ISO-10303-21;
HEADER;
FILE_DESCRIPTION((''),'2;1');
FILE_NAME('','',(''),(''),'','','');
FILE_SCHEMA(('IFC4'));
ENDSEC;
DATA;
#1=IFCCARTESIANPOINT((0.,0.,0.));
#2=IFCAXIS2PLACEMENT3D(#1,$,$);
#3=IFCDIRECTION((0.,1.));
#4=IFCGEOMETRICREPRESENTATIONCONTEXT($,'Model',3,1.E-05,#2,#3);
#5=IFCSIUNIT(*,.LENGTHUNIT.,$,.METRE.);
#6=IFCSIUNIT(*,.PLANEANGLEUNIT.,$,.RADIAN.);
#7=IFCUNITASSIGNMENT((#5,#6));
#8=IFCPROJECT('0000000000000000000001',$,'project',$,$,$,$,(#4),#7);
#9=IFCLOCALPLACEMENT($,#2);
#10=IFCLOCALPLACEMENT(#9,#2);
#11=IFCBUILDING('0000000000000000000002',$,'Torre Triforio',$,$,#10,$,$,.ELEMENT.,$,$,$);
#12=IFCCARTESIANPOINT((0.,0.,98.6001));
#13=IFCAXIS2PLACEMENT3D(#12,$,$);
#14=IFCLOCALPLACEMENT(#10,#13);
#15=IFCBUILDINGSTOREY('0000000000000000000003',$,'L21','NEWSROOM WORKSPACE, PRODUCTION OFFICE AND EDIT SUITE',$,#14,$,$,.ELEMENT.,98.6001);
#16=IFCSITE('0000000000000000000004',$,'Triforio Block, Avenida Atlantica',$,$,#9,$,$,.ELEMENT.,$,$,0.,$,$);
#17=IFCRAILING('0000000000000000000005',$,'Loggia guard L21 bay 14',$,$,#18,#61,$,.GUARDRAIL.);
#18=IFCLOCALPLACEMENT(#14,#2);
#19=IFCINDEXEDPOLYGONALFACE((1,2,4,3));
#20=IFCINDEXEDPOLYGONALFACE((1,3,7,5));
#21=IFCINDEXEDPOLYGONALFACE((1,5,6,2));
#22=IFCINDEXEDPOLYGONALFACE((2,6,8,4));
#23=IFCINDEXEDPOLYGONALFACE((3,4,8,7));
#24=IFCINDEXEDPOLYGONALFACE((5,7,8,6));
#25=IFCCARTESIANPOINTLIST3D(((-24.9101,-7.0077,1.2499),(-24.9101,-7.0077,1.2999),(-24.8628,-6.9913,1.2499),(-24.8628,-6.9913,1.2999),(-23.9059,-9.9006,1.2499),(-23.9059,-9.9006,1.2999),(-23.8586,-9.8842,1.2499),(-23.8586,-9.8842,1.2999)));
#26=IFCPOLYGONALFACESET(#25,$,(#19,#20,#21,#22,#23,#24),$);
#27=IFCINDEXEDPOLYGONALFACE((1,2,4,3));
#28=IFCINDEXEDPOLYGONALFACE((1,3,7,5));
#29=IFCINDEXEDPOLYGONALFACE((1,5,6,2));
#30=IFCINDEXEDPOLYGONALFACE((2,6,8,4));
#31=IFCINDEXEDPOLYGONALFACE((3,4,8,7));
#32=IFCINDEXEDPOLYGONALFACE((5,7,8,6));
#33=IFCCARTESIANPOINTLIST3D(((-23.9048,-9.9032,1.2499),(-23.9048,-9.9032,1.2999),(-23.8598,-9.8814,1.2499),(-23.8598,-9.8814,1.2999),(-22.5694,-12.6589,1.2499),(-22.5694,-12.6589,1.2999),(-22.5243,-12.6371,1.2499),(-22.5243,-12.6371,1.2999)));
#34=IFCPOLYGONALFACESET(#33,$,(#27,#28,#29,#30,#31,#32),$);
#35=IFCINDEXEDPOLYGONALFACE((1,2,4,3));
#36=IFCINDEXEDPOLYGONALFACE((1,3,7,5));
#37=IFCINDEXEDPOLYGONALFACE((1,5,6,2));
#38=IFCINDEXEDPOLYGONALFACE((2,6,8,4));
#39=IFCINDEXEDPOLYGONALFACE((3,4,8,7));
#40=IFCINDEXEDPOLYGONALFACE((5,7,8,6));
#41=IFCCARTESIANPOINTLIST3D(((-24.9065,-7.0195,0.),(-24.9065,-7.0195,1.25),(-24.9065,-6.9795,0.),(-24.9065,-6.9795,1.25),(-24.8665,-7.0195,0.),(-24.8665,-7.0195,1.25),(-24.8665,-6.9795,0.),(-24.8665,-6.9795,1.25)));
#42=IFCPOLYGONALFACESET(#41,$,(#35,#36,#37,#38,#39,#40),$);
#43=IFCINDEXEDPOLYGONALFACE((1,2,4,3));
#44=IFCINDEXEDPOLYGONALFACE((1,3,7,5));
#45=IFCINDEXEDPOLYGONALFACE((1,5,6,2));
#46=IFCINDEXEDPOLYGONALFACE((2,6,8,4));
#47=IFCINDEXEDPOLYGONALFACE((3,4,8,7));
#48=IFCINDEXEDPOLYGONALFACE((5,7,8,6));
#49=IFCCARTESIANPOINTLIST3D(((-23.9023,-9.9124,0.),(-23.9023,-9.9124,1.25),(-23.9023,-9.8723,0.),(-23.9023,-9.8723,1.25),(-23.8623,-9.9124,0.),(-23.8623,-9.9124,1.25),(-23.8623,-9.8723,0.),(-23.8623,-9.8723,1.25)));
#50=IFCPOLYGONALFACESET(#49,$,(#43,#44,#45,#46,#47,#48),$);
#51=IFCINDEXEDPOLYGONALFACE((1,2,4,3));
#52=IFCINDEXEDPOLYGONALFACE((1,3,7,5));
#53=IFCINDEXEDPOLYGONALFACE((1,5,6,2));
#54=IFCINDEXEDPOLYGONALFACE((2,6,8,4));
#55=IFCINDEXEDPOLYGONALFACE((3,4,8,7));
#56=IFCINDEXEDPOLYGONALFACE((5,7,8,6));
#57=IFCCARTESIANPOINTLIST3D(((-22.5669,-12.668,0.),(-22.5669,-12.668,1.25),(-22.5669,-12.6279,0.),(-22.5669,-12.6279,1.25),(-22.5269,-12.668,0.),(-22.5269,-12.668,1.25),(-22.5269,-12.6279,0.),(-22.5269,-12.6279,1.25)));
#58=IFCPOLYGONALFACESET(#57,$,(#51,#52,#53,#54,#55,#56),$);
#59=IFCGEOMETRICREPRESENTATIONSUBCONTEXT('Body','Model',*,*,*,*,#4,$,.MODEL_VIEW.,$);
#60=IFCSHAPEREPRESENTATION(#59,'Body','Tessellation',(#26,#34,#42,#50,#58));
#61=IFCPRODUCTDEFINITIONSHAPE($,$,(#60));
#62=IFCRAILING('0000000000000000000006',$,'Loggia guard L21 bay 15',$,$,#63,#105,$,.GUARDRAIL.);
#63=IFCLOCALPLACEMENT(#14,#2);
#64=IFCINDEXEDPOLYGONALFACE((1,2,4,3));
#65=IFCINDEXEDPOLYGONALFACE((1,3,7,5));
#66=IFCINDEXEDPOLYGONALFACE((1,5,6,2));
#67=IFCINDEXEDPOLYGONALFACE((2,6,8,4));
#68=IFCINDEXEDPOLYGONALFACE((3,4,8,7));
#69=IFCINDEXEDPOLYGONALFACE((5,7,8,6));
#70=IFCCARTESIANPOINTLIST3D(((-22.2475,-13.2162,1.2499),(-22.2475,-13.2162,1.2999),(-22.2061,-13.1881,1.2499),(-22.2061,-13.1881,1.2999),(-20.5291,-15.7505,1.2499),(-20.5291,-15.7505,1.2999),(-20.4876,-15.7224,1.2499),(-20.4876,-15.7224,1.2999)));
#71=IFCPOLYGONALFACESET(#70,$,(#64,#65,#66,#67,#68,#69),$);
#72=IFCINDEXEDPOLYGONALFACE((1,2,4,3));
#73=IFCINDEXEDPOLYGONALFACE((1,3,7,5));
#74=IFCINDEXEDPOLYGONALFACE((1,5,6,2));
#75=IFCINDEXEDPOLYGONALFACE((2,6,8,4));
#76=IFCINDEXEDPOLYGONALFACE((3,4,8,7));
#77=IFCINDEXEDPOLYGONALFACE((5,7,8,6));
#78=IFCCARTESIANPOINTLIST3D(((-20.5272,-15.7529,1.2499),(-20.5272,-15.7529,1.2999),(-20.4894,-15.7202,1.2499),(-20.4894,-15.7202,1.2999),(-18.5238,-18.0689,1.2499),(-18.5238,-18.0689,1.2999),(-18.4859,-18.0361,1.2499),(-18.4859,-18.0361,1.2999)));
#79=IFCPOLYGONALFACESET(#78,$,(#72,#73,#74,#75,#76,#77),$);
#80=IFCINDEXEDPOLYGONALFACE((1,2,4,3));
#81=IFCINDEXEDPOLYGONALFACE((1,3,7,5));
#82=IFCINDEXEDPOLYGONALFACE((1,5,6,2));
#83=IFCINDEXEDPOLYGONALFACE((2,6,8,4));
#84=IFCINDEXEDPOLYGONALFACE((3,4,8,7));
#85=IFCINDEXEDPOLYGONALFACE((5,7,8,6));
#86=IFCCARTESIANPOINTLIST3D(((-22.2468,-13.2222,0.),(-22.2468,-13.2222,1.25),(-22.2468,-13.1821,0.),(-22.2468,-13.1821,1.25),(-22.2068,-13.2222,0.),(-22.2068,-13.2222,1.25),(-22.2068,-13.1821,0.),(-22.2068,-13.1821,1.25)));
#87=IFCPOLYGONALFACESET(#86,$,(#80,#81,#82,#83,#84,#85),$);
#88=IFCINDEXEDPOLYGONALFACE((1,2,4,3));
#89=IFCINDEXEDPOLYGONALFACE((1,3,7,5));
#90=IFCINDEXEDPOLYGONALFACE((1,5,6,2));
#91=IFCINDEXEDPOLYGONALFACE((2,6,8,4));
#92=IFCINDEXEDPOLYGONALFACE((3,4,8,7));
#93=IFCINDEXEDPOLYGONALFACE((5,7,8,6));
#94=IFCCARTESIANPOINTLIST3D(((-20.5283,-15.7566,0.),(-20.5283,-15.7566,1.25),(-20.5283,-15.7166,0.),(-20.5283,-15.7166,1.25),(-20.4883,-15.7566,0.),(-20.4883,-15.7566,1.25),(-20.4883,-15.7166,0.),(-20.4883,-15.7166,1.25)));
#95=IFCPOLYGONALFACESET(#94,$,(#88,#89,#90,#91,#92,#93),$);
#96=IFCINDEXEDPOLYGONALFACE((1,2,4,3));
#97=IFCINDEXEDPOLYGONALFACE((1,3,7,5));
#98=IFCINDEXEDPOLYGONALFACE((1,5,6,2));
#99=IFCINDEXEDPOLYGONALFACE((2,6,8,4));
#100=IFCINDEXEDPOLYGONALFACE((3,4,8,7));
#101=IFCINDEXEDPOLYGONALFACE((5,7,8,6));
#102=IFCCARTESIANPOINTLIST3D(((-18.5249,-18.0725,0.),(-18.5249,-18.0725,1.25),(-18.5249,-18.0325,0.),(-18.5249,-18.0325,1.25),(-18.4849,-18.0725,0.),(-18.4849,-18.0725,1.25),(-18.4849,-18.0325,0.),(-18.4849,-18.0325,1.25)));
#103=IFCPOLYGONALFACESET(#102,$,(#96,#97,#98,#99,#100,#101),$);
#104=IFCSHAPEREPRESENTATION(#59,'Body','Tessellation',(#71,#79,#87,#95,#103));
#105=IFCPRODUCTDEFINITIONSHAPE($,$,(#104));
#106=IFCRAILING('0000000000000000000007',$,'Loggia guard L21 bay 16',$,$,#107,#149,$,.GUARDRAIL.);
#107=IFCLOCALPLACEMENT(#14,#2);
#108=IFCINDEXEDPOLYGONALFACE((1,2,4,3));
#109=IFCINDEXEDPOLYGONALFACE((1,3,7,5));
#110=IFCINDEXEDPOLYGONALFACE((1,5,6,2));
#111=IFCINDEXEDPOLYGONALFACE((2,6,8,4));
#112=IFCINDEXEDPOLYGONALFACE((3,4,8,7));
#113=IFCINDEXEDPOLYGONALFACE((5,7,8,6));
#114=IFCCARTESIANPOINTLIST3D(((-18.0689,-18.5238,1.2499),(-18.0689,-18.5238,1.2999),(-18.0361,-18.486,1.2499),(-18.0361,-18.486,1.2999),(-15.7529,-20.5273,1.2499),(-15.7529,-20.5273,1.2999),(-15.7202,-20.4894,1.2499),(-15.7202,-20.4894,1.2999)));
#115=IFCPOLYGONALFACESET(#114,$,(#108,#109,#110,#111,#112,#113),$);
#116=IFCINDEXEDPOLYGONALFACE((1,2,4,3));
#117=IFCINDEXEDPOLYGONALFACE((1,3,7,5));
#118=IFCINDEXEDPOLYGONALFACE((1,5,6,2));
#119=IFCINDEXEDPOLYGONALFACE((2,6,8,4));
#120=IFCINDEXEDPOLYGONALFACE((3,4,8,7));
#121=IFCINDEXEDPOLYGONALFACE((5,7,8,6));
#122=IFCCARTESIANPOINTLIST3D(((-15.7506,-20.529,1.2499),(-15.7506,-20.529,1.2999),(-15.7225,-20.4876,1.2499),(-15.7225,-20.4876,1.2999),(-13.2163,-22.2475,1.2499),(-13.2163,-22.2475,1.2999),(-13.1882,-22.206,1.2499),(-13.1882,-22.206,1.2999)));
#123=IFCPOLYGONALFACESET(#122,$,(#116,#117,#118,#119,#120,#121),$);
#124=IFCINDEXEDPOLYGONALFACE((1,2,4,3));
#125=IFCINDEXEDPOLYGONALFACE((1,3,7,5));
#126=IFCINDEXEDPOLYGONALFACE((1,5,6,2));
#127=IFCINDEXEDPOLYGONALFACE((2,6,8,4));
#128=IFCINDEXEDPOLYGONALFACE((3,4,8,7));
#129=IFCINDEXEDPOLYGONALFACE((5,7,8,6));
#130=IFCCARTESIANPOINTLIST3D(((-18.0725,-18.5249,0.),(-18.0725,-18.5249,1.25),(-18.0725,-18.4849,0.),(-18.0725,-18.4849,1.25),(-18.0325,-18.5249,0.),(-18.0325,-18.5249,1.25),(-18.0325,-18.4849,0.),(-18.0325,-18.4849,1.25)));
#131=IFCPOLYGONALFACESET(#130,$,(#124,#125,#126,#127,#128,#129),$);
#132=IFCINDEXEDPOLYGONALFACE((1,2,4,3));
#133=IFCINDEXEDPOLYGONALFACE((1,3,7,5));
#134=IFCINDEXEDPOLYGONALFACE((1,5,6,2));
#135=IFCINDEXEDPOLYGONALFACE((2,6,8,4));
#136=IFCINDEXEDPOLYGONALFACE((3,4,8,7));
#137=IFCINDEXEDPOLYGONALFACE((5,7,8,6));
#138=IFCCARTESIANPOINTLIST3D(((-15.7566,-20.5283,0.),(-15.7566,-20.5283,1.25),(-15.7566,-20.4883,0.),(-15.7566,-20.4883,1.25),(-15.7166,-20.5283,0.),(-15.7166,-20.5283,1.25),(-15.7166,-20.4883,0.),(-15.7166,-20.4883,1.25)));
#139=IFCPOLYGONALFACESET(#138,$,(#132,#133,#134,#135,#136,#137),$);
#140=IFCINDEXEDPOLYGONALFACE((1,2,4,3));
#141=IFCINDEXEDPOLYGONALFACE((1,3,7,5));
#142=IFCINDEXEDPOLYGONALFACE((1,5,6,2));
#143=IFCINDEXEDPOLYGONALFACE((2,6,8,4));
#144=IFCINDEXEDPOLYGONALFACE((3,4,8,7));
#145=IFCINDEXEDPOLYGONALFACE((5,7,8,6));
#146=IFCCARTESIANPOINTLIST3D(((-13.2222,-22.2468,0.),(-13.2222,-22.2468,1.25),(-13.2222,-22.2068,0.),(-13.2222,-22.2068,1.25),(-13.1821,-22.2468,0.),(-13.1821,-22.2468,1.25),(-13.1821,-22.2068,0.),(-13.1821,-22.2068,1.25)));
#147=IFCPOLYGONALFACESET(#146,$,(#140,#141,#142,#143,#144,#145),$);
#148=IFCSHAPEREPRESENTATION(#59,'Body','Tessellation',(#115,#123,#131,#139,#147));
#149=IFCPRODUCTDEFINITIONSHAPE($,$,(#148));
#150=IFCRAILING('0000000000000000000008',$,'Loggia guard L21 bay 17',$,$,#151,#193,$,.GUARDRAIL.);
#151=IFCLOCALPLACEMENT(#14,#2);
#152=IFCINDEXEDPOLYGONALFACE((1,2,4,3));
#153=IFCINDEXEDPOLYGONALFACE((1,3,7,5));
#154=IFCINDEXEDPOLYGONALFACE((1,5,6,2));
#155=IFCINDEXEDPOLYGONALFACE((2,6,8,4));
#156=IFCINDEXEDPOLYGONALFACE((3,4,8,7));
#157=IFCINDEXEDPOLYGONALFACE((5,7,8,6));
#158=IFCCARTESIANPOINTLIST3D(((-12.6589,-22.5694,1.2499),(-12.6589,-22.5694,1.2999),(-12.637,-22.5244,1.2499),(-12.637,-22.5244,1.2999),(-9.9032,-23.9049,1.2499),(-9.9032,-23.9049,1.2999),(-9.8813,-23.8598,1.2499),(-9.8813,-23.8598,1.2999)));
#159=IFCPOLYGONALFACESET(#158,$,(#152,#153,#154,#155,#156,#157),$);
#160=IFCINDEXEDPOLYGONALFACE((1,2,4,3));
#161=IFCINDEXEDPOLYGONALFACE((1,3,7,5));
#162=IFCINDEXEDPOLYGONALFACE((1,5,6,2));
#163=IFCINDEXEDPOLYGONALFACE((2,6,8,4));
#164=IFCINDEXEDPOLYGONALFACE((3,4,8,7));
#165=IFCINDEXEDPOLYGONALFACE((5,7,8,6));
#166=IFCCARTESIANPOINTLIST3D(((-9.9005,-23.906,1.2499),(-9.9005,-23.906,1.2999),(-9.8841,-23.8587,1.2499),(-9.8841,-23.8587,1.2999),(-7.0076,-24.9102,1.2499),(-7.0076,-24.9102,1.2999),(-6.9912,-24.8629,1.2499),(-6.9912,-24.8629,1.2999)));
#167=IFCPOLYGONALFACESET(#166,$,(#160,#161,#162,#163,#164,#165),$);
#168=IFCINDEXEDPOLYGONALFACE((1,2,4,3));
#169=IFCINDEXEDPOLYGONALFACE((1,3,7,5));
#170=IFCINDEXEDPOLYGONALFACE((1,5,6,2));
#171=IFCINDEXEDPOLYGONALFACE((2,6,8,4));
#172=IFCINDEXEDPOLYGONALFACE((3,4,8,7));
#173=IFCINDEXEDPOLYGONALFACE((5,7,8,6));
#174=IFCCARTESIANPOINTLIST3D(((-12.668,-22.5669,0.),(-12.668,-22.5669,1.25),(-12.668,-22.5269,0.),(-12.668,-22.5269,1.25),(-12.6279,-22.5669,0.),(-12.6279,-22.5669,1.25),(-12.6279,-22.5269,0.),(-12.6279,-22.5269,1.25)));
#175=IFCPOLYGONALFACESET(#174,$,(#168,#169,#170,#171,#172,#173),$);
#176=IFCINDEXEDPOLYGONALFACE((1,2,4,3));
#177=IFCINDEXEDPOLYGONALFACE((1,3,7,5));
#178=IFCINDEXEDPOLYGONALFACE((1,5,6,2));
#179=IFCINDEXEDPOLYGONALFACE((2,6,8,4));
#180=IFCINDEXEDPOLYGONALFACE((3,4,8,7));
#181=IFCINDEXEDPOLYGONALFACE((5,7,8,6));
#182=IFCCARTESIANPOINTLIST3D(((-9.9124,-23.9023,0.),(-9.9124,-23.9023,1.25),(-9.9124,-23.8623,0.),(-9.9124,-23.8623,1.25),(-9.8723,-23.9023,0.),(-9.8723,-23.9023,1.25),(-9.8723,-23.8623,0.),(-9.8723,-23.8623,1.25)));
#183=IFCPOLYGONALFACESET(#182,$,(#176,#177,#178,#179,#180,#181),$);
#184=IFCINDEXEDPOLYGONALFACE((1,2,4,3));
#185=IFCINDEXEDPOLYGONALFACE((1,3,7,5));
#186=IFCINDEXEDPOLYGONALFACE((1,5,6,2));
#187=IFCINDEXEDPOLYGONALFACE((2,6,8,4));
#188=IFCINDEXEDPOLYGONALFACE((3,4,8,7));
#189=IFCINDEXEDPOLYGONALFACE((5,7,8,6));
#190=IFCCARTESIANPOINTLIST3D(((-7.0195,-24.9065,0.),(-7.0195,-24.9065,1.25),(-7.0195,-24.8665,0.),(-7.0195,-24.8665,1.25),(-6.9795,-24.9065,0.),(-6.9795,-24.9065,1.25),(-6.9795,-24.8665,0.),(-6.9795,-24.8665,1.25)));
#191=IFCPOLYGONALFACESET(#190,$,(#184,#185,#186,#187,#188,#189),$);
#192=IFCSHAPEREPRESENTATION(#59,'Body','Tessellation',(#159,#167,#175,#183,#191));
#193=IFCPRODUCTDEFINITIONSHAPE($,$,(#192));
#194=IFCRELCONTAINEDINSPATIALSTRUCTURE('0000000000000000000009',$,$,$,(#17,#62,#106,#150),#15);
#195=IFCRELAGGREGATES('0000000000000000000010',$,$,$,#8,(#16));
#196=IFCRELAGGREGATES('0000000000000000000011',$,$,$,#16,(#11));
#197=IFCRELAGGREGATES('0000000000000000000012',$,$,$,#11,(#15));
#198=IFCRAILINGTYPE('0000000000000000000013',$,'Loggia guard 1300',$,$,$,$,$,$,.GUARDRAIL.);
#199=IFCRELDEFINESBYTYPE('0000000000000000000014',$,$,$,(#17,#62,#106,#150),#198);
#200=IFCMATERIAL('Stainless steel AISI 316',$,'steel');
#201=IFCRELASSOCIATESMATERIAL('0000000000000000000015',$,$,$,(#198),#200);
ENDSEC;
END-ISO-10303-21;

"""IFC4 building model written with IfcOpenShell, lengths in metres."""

from ifc_helpers import new_model, si_unit, direction, frame, origin, origin_2d, place, context, subcontext, project, spatial, rectangle, extrude, material, type_object, element, save


model = new_model("IFC4")

# Units and contexts
model_context = context("Model", 3, precision=1e-05, world=origin(), true_north=direction((0.0, 1.0)))
body_context = subcontext(model_context, "Body", "Model", "MODEL_VIEW")
ifc_project = project(units=[si_unit("LENGTHUNIT", "METRE"), si_unit("PLANEANGLEUNIT", "RADIAN")], contexts=[model_context])

# Site, building, storey
site_placement = place(None, origin())
site = spatial("IfcSite", under=ifc_project, at=site_placement, Name="Triforio Block, Avenida Atlantica", CompositionType="ELEMENT", RefElevation=0.0)
building_placement = place(site_placement, origin())
building = spatial("IfcBuilding", under=site, at=building_placement, Name="Torre Triforio", CompositionType="ELEMENT")
storey_placement = place(building_placement, frame((0.0, 0.0, 98.6001)))
storey = spatial("IfcBuildingStorey", under=building, at=storey_placement, Name="L21", Description="NEWSROOM WORKSPACE, PRODUCTION OFFICE AND EDIT SUITE", CompositionType="ELEMENT", Elevation=98.6001)

# Railings
ifc_material_1 = material(Name="Stainless steel AISI 316", Category="steel")
railing_type = type_object("IfcRailingType", Name="Loggia guard 1300", PredefinedType="GUARDRAIL", material=ifc_material_1)
railing_1_placement = place(storey_placement, frame((-24.8865, -6.9995, 0.0)))
element("IfcRailing", 1, at=railing_1_placement, inside=storey, type_object=railing_type, Name="Loggia guard L21 bay 14", PredefinedType="GUARDRAIL", context=body_context, shape_type="SweptSolid", body=[
    extrude(rectangle(XDim=0.05, YDim=0.05, at=origin_2d()), frame((0.0, 0.0, 1.2749), z_axis=(0.327924, -0.944704, 0.0), x_axis=(0.944704, 0.327924, 0.0)), (0.0, 0.0, 1.0), 3.0623),
    extrude(rectangle(XDim=0.05, YDim=0.05, at=origin_2d()), frame((1.0042, -2.8928, 1.2749), z_axis=(0.436113, -0.899892, 0.0), x_axis=(0.899892, 0.436113, 0.0)), (0.0, 0.0, 1.0), 3.0623),
    extrude(rectangle(XDim=0.04, YDim=0.04, at=origin_2d()), origin(), (0.0, 0.0, 1.0), 1.25),
    extrude(rectangle(XDim=0.04, YDim=0.04, at=origin_2d()), frame((1.0042, -2.8928, 0.0)), (0.0, 0.0, 1.0), 1.25),
    extrude(rectangle(XDim=0.04, YDim=0.04, at=origin_2d()), frame((2.3396, -5.6484, 0.0)), (0.0, 0.0, 1.0), 1.25),
])
railing_2_placement = place(storey_placement, frame((-22.2268, -13.2021, 0.0)))
element("IfcRailing", 2, at=railing_2_placement, inside=storey, type_object=railing_type, Name="Loggia guard L21 bay 15", PredefinedType="GUARDRAIL", context=body_context, shape_type="SweptSolid", body=[
    extrude(rectangle(XDim=0.05, YDim=0.05, at=origin_2d()), frame((0.0, 0.0, 1.2749), z_axis=(0.561215, -0.82767, 0.0), x_axis=(0.82767, 0.561215, 0.0)), (0.0, 0.0, 1.0), 3.062),
    extrude(rectangle(XDim=0.05, YDim=0.05, at=origin_2d()), frame((1.7185, -2.5344, 1.2749), z_axis=(0.654238, -0.756289, 0.0), x_axis=(0.756289, 0.654238, 0.0)), (0.0, 0.0, 1.0), 3.0623),
    extrude(rectangle(XDim=0.04, YDim=0.04, at=origin_2d()), origin(), (0.0, 0.0, 1.0), 1.25),
    extrude(rectangle(XDim=0.04, YDim=0.04, at=origin_2d()), frame((1.7185, -2.5344, 0.0)), (0.0, 0.0, 1.0), 1.25),
    extrude(rectangle(XDim=0.04, YDim=0.04, at=origin_2d()), frame((3.7219, -4.8503, 0.0)), (0.0, 0.0, 1.0), 1.25),
])
railing_3_placement = place(storey_placement, frame((-18.0525, -18.5049, 0.0)))
element("IfcRailing", 3, at=railing_3_placement, inside=storey, type_object=railing_type, Name="Loggia guard L21 bay 16", PredefinedType="GUARDRAIL", context=body_context, shape_type="SweptSolid", body=[
    extrude(rectangle(XDim=0.05, YDim=0.05, at=origin_2d()), frame((0.0, 0.0, 1.2749), z_axis=(0.756289, -0.654238, 0.0), x_axis=(0.654238, 0.756289, 0.0)), (0.0, 0.0, 1.0), 3.0623),
    extrude(rectangle(XDim=0.05, YDim=0.05, at=origin_2d()), frame((2.3159, -2.0034, 1.2749), z_axis=(0.82767, -0.561215, 0.0), x_axis=(0.561215, 0.82767, 0.0)), (0.0, 0.0, 1.0), 3.062),
    extrude(rectangle(XDim=0.04, YDim=0.04, at=origin_2d()), origin(), (0.0, 0.0, 1.0), 1.25),
    extrude(rectangle(XDim=0.04, YDim=0.04, at=origin_2d()), frame((2.3159, -2.0034, 0.0)), (0.0, 0.0, 1.0), 1.25),
    extrude(rectangle(XDim=0.04, YDim=0.04, at=origin_2d()), frame((4.8503, -3.7219, 0.0)), (0.0, 0.0, 1.0), 1.25),
])
railing_4_placement = place(storey_placement, frame((-12.6479, -22.5469, 0.0)))
element("IfcRailing", 4, at=railing_4_placement, inside=storey, type_object=railing_type, Name="Loggia guard L21 bay 17", PredefinedType="GUARDRAIL", context=body_context, shape_type="SweptSolid", body=[
    extrude(rectangle(XDim=0.05, YDim=0.05, at=origin_2d()), frame((0.0, 0.0, 1.2749), z_axis=(0.899892, -0.436113, 0.0), x_axis=(0.436113, 0.899892, 0.0)), (0.0, 0.0, 1.0), 3.0623),
    extrude(rectangle(XDim=0.05, YDim=0.05, at=origin_2d()), frame((2.7556, -1.3354, 1.2749), z_axis=(0.944704, -0.327924, 0.0), x_axis=(0.327924, 0.944704, 0.0)), (0.0, 0.0, 1.0), 3.0623),
    extrude(rectangle(XDim=0.04, YDim=0.04, at=origin_2d()), origin(), (0.0, 0.0, 1.0), 1.25),
    extrude(rectangle(XDim=0.04, YDim=0.04, at=origin_2d()), frame((2.7556, -1.3354, 0.0)), (0.0, 0.0, 1.0), 1.25),
    extrude(rectangle(XDim=0.04, YDim=0.04, at=origin_2d()), frame((5.6484, -2.3396, 0.0)), (0.0, 0.0, 1.0), 1.25),
])

save(model, "model.ifc")
